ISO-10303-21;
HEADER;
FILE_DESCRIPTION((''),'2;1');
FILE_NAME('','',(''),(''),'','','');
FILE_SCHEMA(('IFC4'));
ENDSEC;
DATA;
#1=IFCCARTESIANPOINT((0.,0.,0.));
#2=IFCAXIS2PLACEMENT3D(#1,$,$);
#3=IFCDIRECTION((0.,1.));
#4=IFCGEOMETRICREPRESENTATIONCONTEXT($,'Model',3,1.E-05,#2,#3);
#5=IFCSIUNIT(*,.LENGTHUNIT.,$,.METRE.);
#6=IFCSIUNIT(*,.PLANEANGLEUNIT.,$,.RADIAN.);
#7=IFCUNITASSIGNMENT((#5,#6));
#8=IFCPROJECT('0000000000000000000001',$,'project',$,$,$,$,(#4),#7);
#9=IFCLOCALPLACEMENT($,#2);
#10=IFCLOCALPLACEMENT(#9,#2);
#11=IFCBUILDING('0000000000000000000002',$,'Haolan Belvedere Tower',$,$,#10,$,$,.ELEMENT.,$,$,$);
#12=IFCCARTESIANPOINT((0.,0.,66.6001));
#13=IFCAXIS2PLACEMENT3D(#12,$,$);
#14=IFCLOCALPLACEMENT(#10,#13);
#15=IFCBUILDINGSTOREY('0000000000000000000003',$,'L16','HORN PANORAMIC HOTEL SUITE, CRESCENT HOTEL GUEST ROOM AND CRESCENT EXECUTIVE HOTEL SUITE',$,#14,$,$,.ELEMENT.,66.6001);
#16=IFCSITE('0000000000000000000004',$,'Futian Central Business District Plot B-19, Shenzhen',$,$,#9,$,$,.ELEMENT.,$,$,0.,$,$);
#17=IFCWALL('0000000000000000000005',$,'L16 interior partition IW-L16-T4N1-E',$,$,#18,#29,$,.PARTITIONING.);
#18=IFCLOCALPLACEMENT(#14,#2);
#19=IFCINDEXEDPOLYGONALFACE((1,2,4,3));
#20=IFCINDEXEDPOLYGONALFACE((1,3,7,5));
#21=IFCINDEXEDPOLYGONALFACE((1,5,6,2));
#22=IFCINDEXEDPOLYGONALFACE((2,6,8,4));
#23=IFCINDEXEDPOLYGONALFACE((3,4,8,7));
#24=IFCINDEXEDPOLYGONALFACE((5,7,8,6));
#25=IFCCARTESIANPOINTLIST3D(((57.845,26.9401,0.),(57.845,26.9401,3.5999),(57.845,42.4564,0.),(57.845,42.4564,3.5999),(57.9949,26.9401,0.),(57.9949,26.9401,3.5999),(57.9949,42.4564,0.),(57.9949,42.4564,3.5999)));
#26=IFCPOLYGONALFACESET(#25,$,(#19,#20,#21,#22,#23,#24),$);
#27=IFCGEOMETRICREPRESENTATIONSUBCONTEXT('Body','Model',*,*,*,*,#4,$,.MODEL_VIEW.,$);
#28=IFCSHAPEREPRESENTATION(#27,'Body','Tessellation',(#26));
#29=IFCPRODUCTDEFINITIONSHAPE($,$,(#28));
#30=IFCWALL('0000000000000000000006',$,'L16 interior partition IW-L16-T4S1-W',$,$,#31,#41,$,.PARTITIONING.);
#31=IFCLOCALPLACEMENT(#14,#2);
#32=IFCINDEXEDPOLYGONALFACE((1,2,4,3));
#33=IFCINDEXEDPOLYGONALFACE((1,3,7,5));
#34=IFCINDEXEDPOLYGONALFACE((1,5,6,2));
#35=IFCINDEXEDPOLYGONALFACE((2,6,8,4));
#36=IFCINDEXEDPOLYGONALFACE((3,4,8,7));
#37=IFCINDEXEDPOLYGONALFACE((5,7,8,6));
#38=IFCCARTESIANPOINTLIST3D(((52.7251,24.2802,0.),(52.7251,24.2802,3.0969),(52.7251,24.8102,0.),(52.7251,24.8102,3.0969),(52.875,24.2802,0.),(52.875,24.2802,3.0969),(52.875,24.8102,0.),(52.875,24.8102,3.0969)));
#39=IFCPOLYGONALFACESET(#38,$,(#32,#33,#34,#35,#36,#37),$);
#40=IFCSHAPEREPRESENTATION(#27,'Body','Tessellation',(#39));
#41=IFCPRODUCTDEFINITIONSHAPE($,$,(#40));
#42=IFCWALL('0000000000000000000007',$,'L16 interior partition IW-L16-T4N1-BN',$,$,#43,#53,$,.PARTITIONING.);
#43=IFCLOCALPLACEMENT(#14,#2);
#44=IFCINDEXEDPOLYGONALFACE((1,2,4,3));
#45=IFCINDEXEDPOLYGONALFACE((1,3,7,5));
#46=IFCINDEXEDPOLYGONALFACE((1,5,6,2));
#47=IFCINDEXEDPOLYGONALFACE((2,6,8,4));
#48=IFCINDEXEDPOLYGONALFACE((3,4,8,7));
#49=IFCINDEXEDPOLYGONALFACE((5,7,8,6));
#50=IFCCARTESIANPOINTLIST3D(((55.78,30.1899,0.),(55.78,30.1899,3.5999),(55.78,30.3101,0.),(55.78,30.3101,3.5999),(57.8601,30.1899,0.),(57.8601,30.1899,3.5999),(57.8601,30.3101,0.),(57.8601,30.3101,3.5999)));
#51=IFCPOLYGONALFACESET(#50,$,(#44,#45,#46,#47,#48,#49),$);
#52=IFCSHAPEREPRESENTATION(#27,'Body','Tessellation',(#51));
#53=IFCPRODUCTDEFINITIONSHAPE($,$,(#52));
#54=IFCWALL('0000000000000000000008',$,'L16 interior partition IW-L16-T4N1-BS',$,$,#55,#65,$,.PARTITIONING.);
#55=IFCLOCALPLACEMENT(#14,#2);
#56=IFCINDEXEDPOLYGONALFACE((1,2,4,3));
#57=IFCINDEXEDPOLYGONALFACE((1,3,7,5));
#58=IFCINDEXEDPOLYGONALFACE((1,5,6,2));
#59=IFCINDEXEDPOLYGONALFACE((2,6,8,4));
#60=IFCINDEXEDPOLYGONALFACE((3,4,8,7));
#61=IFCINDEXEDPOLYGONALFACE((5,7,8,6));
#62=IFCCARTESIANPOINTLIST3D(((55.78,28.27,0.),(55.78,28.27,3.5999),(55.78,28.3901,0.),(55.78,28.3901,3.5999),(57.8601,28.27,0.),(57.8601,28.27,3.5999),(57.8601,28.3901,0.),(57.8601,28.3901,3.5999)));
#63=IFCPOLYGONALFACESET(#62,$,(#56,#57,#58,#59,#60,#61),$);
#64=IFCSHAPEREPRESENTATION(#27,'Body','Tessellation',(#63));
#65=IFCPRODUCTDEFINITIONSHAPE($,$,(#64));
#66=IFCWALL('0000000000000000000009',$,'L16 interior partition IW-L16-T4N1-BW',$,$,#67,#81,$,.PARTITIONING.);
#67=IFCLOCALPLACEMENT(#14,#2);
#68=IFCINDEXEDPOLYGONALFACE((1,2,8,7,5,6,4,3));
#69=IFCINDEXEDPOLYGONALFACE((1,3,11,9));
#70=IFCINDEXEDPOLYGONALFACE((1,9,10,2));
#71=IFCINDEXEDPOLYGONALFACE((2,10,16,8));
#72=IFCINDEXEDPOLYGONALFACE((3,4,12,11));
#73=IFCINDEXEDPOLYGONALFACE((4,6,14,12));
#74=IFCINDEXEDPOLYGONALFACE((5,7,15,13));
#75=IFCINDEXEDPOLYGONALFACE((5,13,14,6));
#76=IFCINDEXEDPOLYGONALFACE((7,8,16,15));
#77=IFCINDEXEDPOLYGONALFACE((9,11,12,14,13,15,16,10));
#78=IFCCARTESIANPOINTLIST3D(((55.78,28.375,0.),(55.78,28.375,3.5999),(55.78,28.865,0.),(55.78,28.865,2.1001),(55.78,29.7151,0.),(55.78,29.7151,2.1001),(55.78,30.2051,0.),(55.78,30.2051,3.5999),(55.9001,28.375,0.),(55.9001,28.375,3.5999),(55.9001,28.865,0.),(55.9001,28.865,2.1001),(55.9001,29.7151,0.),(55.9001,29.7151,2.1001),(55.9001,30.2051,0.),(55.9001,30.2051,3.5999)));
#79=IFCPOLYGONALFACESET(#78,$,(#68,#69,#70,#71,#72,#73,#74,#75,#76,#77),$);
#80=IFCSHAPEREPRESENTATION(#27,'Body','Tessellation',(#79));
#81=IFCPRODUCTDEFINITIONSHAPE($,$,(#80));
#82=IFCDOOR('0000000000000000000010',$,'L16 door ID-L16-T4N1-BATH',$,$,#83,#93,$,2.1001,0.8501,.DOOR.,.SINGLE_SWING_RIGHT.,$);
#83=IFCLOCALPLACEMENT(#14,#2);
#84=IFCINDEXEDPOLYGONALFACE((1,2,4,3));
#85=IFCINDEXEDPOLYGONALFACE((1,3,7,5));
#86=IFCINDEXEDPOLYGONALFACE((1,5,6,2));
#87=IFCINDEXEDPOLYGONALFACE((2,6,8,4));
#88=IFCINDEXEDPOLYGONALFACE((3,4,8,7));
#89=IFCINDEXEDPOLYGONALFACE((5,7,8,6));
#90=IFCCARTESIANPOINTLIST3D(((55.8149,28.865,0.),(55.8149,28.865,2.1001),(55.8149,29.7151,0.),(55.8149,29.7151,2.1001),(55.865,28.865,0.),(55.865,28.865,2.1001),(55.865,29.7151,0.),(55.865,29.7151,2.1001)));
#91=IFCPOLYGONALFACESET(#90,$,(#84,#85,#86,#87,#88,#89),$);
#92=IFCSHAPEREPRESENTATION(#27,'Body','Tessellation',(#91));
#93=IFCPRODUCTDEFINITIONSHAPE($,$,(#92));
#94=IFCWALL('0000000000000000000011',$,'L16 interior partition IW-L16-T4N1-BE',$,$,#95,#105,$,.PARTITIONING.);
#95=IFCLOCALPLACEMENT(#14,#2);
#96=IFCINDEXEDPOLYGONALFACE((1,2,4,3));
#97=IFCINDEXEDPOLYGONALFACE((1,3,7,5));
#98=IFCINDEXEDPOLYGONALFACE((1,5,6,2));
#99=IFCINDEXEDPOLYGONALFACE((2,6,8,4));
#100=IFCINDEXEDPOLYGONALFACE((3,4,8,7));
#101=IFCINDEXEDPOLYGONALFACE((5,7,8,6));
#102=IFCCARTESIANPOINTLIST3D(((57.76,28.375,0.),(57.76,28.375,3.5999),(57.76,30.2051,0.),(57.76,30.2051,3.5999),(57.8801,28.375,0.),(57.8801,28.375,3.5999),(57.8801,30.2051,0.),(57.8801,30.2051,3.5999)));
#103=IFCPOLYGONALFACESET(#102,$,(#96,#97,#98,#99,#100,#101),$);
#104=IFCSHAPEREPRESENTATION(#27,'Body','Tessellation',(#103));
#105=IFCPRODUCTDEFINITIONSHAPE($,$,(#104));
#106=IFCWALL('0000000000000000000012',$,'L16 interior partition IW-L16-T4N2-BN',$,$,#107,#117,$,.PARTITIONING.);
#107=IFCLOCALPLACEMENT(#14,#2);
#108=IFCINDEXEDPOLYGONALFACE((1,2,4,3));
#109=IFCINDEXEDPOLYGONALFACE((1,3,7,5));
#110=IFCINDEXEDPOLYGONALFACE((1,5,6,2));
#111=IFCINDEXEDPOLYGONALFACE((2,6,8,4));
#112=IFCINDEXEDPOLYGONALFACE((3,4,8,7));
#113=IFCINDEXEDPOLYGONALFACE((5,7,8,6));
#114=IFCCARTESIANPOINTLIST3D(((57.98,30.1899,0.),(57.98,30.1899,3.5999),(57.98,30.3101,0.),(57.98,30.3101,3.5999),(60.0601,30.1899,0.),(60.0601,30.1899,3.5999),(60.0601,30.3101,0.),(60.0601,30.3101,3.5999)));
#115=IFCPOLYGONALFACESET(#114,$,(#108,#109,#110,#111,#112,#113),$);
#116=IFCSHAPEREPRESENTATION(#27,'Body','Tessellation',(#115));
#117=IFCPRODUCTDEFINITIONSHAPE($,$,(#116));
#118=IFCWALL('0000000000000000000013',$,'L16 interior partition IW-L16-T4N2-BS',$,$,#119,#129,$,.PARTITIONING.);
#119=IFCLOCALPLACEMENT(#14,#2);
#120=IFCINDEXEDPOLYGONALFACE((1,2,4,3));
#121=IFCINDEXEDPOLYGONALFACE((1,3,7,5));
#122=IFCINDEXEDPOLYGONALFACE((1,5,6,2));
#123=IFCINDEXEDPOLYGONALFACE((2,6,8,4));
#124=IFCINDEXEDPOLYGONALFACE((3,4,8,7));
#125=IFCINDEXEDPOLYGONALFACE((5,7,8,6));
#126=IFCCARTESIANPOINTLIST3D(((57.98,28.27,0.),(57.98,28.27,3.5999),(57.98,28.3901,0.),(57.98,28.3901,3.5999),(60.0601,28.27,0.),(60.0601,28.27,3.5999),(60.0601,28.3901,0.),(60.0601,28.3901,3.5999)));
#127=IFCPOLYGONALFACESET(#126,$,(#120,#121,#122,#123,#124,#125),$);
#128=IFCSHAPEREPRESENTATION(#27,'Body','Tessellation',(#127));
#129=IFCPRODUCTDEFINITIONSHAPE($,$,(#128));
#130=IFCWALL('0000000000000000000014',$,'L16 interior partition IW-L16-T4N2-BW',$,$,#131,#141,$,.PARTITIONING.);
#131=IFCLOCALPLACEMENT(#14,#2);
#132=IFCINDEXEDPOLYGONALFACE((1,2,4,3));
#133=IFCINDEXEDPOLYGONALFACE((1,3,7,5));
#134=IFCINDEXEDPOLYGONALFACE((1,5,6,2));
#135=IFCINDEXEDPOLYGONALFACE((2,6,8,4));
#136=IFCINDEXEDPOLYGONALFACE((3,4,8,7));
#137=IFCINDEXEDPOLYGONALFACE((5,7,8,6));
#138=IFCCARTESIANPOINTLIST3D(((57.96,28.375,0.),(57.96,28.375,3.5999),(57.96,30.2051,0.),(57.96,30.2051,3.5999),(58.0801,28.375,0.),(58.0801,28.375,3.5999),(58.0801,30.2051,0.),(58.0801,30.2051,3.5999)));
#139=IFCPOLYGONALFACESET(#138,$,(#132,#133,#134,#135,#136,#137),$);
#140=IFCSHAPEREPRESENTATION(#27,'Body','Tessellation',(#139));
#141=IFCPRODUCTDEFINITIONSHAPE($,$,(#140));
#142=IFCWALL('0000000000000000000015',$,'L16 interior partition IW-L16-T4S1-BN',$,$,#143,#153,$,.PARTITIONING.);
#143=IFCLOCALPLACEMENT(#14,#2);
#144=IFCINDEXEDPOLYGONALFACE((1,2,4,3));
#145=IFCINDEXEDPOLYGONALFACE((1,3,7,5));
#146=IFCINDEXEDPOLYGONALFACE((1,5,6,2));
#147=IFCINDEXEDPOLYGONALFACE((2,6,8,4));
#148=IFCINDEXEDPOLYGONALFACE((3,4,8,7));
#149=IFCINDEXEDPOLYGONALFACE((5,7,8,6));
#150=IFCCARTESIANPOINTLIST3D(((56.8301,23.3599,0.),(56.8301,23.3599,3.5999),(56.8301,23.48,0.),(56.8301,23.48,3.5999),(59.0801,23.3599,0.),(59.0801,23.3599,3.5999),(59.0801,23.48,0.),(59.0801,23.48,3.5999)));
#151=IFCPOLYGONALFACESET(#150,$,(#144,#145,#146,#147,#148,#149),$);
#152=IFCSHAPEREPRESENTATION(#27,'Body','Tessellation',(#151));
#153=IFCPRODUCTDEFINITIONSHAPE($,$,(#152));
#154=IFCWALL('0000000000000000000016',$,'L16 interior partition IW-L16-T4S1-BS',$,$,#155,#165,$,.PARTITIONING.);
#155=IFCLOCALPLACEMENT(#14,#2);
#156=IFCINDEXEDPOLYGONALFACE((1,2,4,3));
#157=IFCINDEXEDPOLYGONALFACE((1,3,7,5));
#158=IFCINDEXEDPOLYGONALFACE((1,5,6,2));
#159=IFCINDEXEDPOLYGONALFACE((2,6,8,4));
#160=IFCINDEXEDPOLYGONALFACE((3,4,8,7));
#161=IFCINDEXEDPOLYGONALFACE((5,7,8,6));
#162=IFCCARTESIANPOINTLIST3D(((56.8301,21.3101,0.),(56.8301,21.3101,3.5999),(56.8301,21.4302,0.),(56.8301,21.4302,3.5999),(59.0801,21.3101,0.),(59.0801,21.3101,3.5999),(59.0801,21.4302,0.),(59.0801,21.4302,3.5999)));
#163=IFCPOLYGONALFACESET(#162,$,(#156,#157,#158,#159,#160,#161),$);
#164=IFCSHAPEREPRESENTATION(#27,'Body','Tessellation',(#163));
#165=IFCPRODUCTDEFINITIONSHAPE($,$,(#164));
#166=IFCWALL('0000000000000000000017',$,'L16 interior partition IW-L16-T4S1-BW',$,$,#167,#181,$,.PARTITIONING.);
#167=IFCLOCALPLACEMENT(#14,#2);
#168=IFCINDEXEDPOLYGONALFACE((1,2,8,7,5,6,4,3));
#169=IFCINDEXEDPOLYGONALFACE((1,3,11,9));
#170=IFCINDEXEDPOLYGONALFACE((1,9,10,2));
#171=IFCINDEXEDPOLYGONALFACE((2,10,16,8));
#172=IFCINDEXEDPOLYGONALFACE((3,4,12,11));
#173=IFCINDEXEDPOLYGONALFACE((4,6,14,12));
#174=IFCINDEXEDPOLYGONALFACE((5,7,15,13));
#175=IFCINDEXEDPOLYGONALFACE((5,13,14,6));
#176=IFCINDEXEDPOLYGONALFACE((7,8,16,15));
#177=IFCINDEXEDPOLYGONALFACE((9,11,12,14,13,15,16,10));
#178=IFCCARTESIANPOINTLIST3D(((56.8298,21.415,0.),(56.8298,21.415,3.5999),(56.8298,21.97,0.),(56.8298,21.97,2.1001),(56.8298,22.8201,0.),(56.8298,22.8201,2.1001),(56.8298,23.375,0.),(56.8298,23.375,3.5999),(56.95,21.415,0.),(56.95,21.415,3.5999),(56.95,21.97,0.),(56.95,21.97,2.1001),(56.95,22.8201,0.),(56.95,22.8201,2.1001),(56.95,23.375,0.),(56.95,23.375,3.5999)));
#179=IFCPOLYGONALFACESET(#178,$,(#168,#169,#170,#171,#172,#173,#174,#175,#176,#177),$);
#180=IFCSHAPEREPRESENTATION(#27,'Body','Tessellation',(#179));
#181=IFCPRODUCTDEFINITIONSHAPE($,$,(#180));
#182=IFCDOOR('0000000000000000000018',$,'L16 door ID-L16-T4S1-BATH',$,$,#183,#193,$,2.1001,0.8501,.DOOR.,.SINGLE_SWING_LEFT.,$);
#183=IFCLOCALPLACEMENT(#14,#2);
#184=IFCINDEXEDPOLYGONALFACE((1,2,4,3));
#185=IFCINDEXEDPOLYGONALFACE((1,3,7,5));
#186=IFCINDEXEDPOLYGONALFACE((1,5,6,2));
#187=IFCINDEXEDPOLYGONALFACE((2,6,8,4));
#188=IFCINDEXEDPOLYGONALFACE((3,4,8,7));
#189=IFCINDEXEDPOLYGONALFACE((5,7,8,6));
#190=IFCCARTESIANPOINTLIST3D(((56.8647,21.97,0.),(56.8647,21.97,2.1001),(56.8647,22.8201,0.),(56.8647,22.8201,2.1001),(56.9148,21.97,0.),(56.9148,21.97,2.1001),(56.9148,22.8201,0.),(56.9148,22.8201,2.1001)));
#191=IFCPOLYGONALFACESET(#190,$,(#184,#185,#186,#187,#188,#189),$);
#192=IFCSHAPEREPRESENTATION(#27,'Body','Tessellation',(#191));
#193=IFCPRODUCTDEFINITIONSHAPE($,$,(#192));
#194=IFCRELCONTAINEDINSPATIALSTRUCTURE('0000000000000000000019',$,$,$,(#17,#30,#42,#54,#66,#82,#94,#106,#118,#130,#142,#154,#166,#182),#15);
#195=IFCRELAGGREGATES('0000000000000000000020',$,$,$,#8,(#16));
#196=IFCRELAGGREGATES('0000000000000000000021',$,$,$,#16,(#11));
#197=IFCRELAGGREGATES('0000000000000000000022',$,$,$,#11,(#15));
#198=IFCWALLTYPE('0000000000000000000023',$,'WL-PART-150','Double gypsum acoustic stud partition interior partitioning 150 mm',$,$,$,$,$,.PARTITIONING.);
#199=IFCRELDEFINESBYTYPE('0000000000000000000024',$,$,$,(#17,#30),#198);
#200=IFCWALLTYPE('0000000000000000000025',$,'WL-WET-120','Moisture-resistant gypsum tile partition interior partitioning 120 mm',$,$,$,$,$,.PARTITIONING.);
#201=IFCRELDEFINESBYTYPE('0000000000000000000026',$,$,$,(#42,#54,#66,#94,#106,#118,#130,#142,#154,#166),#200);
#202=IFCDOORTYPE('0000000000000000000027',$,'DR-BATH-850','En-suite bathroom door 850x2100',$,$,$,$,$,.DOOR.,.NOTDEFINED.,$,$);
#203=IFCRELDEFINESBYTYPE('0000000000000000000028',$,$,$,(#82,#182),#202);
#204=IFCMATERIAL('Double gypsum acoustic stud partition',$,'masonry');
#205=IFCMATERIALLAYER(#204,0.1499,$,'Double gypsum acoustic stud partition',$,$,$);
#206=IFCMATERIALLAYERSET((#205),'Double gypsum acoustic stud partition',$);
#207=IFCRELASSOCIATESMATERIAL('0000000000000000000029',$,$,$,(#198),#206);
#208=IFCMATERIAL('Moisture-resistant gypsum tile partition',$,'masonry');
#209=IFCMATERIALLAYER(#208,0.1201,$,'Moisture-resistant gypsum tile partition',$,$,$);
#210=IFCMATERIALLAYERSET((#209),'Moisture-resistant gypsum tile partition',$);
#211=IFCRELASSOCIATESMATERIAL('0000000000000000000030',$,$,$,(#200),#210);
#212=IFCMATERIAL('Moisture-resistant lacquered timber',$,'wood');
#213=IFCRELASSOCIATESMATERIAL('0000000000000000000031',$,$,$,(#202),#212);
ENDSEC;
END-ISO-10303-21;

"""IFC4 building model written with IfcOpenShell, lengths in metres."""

from ifc_helpers import new_model, si_unit, direction, frame, frame_2d, origin, place, context, subcontext, project, spatial, rectangle, extrude, material, layer, layer_set, type_object, element, fill, save


model = new_model("IFC4")

# Units and contexts
model_context = context("Model", 3, precision=1e-05, world=origin(), true_north=direction((0.0, 1.0)))
body_context = subcontext(model_context, "Body", "Model", "MODEL_VIEW")
ifc_project = project(units=[si_unit("LENGTHUNIT", "METRE"), si_unit("PLANEANGLEUNIT", "RADIAN")], contexts=[model_context])

# Site, building, storey
site_placement = place(None, origin())
site = spatial("IfcSite", under=ifc_project, at=site_placement, Name="Futian Central Business District Plot B-19, Shenzhen", CompositionType="ELEMENT", RefElevation=0.0)
building_placement = place(site_placement, origin())
building = spatial("IfcBuilding", under=site, at=building_placement, Name="Haolan Belvedere Tower", CompositionType="ELEMENT")
storey_placement = place(building_placement, frame((0.0, 0.0, 66.6001)))
storey = spatial("IfcBuildingStorey", under=building, at=storey_placement, Name="L16", Description="HORN PANORAMIC HOTEL SUITE, CRESCENT HOTEL GUEST ROOM AND CRESCENT EXECUTIVE HOTEL SUITE", CompositionType="ELEMENT", Elevation=66.6001)

# Wall
ifc_material_1 = material(Name="Double gypsum acoustic stud partition", Category="masonry")
ifc_layer_1 = layer(ifc_material_1, 0.1499, Name="Double gypsum acoustic stud partition")
ifc_layer_set_1 = layer_set([ifc_layer_1], Name="Double gypsum acoustic stud partition")
wall_type_1 = type_object("IfcWallType", Name="WL-PART-150", Description="Double gypsum acoustic stud partition interior partitioning 150 mm", PredefinedType="PARTITIONING", material=ifc_layer_set_1)
wall_1_placement = place(storey_placement, frame((57.9199, 26.9399, 0.0), z_axis=(0.0, 0.0, 1.0), x_axis=(0.0, 1.0, 0.0)))
element("IfcWall", 1, at=wall_1_placement, inside=storey, type_object=wall_type_1, Name="L16 interior partition IW-L16-T4N1-E", PredefinedType="PARTITIONING", context=body_context, shape_type="SweptSolid", body=[
    extrude(rectangle(XDim=15.5164, YDim=0.1499, at=frame_2d((7.7583, 0.0))), origin(), (0.0, 0.0, 1.0), 3.5999),
])

# Walls
wall_2_placement = place(storey_placement, frame((52.8, 24.28, 0.0), z_axis=(0.0, 0.0, 1.0), x_axis=(0.0, 1.0, 0.0)))
element("IfcWall", 2, at=wall_2_placement, inside=storey, type_object=wall_type_1, Name="L16 interior partition IW-L16-T4S1-W", PredefinedType="PARTITIONING", context=body_context, shape_type="SweptSolid", body=[
    extrude(rectangle(XDim=0.53, YDim=0.1499, at=frame_2d((0.2651, 0.0))), origin(), (0.0, 0.0, 1.0), 3.0969),
])
ifc_material_2 = material(Name="Moisture-resistant gypsum tile partition", Category="masonry")
ifc_layer_2 = layer(ifc_material_2, 0.1201, Name="Moisture-resistant gypsum tile partition")
ifc_layer_set_2 = layer_set([ifc_layer_2], Name="Moisture-resistant gypsum tile partition")
wall_type_2 = type_object("IfcWallType", Name="WL-WET-120", Description="Moisture-resistant gypsum tile partition interior partitioning 120 mm", PredefinedType="PARTITIONING", material=ifc_layer_set_2)
for number, where, z_axis, x_axis, name in (
    (3, (55.78, 30.25, 0.0), (0.0, 0.0, 1.0), (1.0, 0.0, 0.0), "L16 interior partition IW-L16-T4N1-BN"),
    (4, (55.78, 28.3301, 0.0), (0.0, 0.0, 1.0), (1.0, 0.0, 0.0), "L16 interior partition IW-L16-T4N1-BS"),
):
    element("IfcWall", number, at=place(storey_placement, frame(where, z_axis=z_axis, x_axis=x_axis)), inside=storey, type_object=wall_type_2, Name=name, PredefinedType="PARTITIONING", context=body_context, shape_type="SweptSolid", body=[
        extrude(rectangle(XDim=2.0801, YDim=0.1201, at=frame_2d((1.04, 0.0))), origin(), (0.0, 0.0, 1.0), 3.5999),
    ])

# Wall, opening, door
wall_3_placement = place(storey_placement, frame((55.8401, 28.375, 0.0), z_axis=(0.0, 0.0, 1.0), x_axis=(0.0, 1.0, 0.0)))
wall_3 = element("IfcWall", 5, at=wall_3_placement, inside=storey, type_object=wall_type_2, Name="L16 interior partition IW-L16-T4N1-BW", PredefinedType="PARTITIONING", context=body_context, shape_type="SweptSolid", body=[
    extrude(rectangle(XDim=1.8301, YDim=0.1201, at=frame_2d((0.915, 0.0))), origin(), (0.0, 0.0, 1.0), 3.5999),
])
opening_1_placement = place(wall_3_placement, frame((1.3401, 0.0, 0.0), z_axis=(0.0, 0.0, 1.0), x_axis=(-1.0, 0.0, 0.0)))
opening_1 = element("IfcOpeningElement", 6, at=opening_1_placement, cuts=wall_3, PredefinedType="OPENING", context=body_context, shape_type="SweptSolid", body=[
    extrude(rectangle(XDim=0.8501, YDim=2.1001, at=frame_2d((0.425, 1.05))), frame((0.0, 0.0701, 0.0), z_axis=(0.0, -1.0, 0.0), x_axis=(1.0, 0.0, 0.0)), (0.0, 0.0, 1.0), 0.1401),
])
ifc_material_3 = material(Name="Moisture-resistant lacquered timber", Category="wood")
door_type_1 = type_object("IfcDoorType", Name="DR-BATH-850", Description="En-suite bathroom door 850x2100", OperationType="NOTDEFINED", PredefinedType="DOOR", material=ifc_material_3)
door_1_placement = place(opening_1_placement, origin())
door_1 = element("IfcDoor", 7, at=door_1_placement, inside=storey, type_object=door_type_1, Name="L16 door ID-L16-T4N1-BATH", OperationType="SINGLE_SWING_RIGHT", OverallHeight=2.1001, OverallWidth=0.8501, PredefinedType="DOOR", context=body_context, shape_type="SweptSolid", body=[
    extrude(rectangle(XDim=0.8501, YDim=2.1001, at=frame_2d((0.425, 1.05))), frame((0.0, 0.0249, 0.0), z_axis=(0.0, -1.0, 0.0), x_axis=(1.0, 0.0, 0.0)), (0.0, 0.0, 1.0), 0.05),
])
fill(opening_1, door_1)

# Walls
wall_4_placement = place(storey_placement, frame((57.8201, 28.375, 0.0), z_axis=(0.0, 0.0, 1.0), x_axis=(0.0, 1.0, 0.0)))
element("IfcWall", 8, at=wall_4_placement, inside=storey, type_object=wall_type_2, Name="L16 interior partition IW-L16-T4N1-BE", PredefinedType="PARTITIONING", context=body_context, shape_type="SweptSolid", body=[
    extrude(rectangle(XDim=1.8301, YDim=0.1201, at=frame_2d((0.915, 0.0))), origin(), (0.0, 0.0, 1.0), 3.5999),
])
for number, where, z_axis, x_axis, name in (
    (9, (57.98, 30.25, 0.0), (0.0, 0.0, 1.0), (1.0, 0.0, 0.0), "L16 interior partition IW-L16-T4N2-BN"),
    (10, (57.98, 28.3301, 0.0), (0.0, 0.0, 1.0), (1.0, 0.0, 0.0), "L16 interior partition IW-L16-T4N2-BS"),
):
    element("IfcWall", number, at=place(storey_placement, frame(where, z_axis=z_axis, x_axis=x_axis)), inside=storey, type_object=wall_type_2, Name=name, PredefinedType="PARTITIONING", context=body_context, shape_type="SweptSolid", body=[
        extrude(rectangle(XDim=2.0801, YDim=0.1201, at=frame_2d((1.04, 0.0))), origin(), (0.0, 0.0, 1.0), 3.5999),
    ])
wall_5_placement = place(storey_placement, frame((58.02, 28.375, 0.0), z_axis=(0.0, 0.0, 1.0), x_axis=(0.0, 1.0, 0.0)))
element("IfcWall", 11, at=wall_5_placement, inside=storey, type_object=wall_type_2, Name="L16 interior partition IW-L16-T4N2-BW", PredefinedType="PARTITIONING", context=body_context, shape_type="SweptSolid", body=[
    extrude(rectangle(XDim=1.8301, YDim=0.1201, at=frame_2d((0.915, 0.0))), origin(), (0.0, 0.0, 1.0), 3.5999),
])
for number, where, z_axis, x_axis, name in (
    (12, (56.8301, 23.4199, 0.0), (0.0, 0.0, 1.0), (1.0, 0.0, 0.0), "L16 interior partition IW-L16-T4S1-BN"),
    (13, (56.8301, 21.3701, 0.0), (0.0, 0.0, 1.0), (1.0, 0.0, 0.0), "L16 interior partition IW-L16-T4S1-BS"),
):
    element("IfcWall", number, at=place(storey_placement, frame(where, z_axis=z_axis, x_axis=x_axis)), inside=storey, type_object=wall_type_2, Name=name, PredefinedType="PARTITIONING", context=body_context, shape_type="SweptSolid", body=[
        extrude(rectangle(XDim=2.25, YDim=0.1201, at=frame_2d((1.125, 0.0))), origin(), (0.0, 0.0, 1.0), 3.5999),
    ])

# Wall, opening, door
wall_6_placement = place(storey_placement, frame((56.8899, 21.415, 0.0), z_axis=(0.0, 0.0, 1.0), x_axis=(0.0, 1.0, 0.0)))
wall_6 = element("IfcWall", 14, at=wall_6_placement, inside=storey, type_object=wall_type_2, Name="L16 interior partition IW-L16-T4S1-BW", PredefinedType="PARTITIONING", context=body_context, shape_type="SweptSolid", body=[
    extrude(rectangle(XDim=1.96, YDim=0.1201, at=frame_2d((0.98, 0.0))), origin(), (0.0, 0.0, 1.0), 3.5999),
])
opening_2_placement = place(wall_6_placement, frame((1.405, 0.0, 0.0), z_axis=(0.0, 0.0, 1.0), x_axis=(-1.0, 0.0, 0.0)))
opening_2 = element("IfcOpeningElement", 15, at=opening_2_placement, cuts=wall_6, PredefinedType="OPENING", context=body_context, shape_type="SweptSolid", body=[
    extrude(rectangle(XDim=0.8501, YDim=2.1001, at=frame_2d((0.425, 1.05))), frame((0.0, 0.0701, 0.0), z_axis=(0.0, -1.0, 0.0), x_axis=(1.0, 0.0, 0.0)), (0.0, 0.0, 1.0), 0.1401),
])
door_2_placement = place(opening_2_placement, origin())
door_2 = element("IfcDoor", 16, at=door_2_placement, inside=storey, type_object=door_type_1, Name="L16 door ID-L16-T4S1-BATH", OperationType="SINGLE_SWING_LEFT", OverallHeight=2.1001, OverallWidth=0.8501, PredefinedType="DOOR", context=body_context, shape_type="SweptSolid", body=[
    extrude(rectangle(XDim=0.8501, YDim=2.1001, at=frame_2d((0.425, 1.05))), frame((0.0, 0.0249, 0.0), z_axis=(0.0, -1.0, 0.0), x_axis=(1.0, 0.0, 0.0)), (0.0, 0.0, 1.0), 0.05),
])
fill(opening_2, door_2)

save(model, "model.ifc")
